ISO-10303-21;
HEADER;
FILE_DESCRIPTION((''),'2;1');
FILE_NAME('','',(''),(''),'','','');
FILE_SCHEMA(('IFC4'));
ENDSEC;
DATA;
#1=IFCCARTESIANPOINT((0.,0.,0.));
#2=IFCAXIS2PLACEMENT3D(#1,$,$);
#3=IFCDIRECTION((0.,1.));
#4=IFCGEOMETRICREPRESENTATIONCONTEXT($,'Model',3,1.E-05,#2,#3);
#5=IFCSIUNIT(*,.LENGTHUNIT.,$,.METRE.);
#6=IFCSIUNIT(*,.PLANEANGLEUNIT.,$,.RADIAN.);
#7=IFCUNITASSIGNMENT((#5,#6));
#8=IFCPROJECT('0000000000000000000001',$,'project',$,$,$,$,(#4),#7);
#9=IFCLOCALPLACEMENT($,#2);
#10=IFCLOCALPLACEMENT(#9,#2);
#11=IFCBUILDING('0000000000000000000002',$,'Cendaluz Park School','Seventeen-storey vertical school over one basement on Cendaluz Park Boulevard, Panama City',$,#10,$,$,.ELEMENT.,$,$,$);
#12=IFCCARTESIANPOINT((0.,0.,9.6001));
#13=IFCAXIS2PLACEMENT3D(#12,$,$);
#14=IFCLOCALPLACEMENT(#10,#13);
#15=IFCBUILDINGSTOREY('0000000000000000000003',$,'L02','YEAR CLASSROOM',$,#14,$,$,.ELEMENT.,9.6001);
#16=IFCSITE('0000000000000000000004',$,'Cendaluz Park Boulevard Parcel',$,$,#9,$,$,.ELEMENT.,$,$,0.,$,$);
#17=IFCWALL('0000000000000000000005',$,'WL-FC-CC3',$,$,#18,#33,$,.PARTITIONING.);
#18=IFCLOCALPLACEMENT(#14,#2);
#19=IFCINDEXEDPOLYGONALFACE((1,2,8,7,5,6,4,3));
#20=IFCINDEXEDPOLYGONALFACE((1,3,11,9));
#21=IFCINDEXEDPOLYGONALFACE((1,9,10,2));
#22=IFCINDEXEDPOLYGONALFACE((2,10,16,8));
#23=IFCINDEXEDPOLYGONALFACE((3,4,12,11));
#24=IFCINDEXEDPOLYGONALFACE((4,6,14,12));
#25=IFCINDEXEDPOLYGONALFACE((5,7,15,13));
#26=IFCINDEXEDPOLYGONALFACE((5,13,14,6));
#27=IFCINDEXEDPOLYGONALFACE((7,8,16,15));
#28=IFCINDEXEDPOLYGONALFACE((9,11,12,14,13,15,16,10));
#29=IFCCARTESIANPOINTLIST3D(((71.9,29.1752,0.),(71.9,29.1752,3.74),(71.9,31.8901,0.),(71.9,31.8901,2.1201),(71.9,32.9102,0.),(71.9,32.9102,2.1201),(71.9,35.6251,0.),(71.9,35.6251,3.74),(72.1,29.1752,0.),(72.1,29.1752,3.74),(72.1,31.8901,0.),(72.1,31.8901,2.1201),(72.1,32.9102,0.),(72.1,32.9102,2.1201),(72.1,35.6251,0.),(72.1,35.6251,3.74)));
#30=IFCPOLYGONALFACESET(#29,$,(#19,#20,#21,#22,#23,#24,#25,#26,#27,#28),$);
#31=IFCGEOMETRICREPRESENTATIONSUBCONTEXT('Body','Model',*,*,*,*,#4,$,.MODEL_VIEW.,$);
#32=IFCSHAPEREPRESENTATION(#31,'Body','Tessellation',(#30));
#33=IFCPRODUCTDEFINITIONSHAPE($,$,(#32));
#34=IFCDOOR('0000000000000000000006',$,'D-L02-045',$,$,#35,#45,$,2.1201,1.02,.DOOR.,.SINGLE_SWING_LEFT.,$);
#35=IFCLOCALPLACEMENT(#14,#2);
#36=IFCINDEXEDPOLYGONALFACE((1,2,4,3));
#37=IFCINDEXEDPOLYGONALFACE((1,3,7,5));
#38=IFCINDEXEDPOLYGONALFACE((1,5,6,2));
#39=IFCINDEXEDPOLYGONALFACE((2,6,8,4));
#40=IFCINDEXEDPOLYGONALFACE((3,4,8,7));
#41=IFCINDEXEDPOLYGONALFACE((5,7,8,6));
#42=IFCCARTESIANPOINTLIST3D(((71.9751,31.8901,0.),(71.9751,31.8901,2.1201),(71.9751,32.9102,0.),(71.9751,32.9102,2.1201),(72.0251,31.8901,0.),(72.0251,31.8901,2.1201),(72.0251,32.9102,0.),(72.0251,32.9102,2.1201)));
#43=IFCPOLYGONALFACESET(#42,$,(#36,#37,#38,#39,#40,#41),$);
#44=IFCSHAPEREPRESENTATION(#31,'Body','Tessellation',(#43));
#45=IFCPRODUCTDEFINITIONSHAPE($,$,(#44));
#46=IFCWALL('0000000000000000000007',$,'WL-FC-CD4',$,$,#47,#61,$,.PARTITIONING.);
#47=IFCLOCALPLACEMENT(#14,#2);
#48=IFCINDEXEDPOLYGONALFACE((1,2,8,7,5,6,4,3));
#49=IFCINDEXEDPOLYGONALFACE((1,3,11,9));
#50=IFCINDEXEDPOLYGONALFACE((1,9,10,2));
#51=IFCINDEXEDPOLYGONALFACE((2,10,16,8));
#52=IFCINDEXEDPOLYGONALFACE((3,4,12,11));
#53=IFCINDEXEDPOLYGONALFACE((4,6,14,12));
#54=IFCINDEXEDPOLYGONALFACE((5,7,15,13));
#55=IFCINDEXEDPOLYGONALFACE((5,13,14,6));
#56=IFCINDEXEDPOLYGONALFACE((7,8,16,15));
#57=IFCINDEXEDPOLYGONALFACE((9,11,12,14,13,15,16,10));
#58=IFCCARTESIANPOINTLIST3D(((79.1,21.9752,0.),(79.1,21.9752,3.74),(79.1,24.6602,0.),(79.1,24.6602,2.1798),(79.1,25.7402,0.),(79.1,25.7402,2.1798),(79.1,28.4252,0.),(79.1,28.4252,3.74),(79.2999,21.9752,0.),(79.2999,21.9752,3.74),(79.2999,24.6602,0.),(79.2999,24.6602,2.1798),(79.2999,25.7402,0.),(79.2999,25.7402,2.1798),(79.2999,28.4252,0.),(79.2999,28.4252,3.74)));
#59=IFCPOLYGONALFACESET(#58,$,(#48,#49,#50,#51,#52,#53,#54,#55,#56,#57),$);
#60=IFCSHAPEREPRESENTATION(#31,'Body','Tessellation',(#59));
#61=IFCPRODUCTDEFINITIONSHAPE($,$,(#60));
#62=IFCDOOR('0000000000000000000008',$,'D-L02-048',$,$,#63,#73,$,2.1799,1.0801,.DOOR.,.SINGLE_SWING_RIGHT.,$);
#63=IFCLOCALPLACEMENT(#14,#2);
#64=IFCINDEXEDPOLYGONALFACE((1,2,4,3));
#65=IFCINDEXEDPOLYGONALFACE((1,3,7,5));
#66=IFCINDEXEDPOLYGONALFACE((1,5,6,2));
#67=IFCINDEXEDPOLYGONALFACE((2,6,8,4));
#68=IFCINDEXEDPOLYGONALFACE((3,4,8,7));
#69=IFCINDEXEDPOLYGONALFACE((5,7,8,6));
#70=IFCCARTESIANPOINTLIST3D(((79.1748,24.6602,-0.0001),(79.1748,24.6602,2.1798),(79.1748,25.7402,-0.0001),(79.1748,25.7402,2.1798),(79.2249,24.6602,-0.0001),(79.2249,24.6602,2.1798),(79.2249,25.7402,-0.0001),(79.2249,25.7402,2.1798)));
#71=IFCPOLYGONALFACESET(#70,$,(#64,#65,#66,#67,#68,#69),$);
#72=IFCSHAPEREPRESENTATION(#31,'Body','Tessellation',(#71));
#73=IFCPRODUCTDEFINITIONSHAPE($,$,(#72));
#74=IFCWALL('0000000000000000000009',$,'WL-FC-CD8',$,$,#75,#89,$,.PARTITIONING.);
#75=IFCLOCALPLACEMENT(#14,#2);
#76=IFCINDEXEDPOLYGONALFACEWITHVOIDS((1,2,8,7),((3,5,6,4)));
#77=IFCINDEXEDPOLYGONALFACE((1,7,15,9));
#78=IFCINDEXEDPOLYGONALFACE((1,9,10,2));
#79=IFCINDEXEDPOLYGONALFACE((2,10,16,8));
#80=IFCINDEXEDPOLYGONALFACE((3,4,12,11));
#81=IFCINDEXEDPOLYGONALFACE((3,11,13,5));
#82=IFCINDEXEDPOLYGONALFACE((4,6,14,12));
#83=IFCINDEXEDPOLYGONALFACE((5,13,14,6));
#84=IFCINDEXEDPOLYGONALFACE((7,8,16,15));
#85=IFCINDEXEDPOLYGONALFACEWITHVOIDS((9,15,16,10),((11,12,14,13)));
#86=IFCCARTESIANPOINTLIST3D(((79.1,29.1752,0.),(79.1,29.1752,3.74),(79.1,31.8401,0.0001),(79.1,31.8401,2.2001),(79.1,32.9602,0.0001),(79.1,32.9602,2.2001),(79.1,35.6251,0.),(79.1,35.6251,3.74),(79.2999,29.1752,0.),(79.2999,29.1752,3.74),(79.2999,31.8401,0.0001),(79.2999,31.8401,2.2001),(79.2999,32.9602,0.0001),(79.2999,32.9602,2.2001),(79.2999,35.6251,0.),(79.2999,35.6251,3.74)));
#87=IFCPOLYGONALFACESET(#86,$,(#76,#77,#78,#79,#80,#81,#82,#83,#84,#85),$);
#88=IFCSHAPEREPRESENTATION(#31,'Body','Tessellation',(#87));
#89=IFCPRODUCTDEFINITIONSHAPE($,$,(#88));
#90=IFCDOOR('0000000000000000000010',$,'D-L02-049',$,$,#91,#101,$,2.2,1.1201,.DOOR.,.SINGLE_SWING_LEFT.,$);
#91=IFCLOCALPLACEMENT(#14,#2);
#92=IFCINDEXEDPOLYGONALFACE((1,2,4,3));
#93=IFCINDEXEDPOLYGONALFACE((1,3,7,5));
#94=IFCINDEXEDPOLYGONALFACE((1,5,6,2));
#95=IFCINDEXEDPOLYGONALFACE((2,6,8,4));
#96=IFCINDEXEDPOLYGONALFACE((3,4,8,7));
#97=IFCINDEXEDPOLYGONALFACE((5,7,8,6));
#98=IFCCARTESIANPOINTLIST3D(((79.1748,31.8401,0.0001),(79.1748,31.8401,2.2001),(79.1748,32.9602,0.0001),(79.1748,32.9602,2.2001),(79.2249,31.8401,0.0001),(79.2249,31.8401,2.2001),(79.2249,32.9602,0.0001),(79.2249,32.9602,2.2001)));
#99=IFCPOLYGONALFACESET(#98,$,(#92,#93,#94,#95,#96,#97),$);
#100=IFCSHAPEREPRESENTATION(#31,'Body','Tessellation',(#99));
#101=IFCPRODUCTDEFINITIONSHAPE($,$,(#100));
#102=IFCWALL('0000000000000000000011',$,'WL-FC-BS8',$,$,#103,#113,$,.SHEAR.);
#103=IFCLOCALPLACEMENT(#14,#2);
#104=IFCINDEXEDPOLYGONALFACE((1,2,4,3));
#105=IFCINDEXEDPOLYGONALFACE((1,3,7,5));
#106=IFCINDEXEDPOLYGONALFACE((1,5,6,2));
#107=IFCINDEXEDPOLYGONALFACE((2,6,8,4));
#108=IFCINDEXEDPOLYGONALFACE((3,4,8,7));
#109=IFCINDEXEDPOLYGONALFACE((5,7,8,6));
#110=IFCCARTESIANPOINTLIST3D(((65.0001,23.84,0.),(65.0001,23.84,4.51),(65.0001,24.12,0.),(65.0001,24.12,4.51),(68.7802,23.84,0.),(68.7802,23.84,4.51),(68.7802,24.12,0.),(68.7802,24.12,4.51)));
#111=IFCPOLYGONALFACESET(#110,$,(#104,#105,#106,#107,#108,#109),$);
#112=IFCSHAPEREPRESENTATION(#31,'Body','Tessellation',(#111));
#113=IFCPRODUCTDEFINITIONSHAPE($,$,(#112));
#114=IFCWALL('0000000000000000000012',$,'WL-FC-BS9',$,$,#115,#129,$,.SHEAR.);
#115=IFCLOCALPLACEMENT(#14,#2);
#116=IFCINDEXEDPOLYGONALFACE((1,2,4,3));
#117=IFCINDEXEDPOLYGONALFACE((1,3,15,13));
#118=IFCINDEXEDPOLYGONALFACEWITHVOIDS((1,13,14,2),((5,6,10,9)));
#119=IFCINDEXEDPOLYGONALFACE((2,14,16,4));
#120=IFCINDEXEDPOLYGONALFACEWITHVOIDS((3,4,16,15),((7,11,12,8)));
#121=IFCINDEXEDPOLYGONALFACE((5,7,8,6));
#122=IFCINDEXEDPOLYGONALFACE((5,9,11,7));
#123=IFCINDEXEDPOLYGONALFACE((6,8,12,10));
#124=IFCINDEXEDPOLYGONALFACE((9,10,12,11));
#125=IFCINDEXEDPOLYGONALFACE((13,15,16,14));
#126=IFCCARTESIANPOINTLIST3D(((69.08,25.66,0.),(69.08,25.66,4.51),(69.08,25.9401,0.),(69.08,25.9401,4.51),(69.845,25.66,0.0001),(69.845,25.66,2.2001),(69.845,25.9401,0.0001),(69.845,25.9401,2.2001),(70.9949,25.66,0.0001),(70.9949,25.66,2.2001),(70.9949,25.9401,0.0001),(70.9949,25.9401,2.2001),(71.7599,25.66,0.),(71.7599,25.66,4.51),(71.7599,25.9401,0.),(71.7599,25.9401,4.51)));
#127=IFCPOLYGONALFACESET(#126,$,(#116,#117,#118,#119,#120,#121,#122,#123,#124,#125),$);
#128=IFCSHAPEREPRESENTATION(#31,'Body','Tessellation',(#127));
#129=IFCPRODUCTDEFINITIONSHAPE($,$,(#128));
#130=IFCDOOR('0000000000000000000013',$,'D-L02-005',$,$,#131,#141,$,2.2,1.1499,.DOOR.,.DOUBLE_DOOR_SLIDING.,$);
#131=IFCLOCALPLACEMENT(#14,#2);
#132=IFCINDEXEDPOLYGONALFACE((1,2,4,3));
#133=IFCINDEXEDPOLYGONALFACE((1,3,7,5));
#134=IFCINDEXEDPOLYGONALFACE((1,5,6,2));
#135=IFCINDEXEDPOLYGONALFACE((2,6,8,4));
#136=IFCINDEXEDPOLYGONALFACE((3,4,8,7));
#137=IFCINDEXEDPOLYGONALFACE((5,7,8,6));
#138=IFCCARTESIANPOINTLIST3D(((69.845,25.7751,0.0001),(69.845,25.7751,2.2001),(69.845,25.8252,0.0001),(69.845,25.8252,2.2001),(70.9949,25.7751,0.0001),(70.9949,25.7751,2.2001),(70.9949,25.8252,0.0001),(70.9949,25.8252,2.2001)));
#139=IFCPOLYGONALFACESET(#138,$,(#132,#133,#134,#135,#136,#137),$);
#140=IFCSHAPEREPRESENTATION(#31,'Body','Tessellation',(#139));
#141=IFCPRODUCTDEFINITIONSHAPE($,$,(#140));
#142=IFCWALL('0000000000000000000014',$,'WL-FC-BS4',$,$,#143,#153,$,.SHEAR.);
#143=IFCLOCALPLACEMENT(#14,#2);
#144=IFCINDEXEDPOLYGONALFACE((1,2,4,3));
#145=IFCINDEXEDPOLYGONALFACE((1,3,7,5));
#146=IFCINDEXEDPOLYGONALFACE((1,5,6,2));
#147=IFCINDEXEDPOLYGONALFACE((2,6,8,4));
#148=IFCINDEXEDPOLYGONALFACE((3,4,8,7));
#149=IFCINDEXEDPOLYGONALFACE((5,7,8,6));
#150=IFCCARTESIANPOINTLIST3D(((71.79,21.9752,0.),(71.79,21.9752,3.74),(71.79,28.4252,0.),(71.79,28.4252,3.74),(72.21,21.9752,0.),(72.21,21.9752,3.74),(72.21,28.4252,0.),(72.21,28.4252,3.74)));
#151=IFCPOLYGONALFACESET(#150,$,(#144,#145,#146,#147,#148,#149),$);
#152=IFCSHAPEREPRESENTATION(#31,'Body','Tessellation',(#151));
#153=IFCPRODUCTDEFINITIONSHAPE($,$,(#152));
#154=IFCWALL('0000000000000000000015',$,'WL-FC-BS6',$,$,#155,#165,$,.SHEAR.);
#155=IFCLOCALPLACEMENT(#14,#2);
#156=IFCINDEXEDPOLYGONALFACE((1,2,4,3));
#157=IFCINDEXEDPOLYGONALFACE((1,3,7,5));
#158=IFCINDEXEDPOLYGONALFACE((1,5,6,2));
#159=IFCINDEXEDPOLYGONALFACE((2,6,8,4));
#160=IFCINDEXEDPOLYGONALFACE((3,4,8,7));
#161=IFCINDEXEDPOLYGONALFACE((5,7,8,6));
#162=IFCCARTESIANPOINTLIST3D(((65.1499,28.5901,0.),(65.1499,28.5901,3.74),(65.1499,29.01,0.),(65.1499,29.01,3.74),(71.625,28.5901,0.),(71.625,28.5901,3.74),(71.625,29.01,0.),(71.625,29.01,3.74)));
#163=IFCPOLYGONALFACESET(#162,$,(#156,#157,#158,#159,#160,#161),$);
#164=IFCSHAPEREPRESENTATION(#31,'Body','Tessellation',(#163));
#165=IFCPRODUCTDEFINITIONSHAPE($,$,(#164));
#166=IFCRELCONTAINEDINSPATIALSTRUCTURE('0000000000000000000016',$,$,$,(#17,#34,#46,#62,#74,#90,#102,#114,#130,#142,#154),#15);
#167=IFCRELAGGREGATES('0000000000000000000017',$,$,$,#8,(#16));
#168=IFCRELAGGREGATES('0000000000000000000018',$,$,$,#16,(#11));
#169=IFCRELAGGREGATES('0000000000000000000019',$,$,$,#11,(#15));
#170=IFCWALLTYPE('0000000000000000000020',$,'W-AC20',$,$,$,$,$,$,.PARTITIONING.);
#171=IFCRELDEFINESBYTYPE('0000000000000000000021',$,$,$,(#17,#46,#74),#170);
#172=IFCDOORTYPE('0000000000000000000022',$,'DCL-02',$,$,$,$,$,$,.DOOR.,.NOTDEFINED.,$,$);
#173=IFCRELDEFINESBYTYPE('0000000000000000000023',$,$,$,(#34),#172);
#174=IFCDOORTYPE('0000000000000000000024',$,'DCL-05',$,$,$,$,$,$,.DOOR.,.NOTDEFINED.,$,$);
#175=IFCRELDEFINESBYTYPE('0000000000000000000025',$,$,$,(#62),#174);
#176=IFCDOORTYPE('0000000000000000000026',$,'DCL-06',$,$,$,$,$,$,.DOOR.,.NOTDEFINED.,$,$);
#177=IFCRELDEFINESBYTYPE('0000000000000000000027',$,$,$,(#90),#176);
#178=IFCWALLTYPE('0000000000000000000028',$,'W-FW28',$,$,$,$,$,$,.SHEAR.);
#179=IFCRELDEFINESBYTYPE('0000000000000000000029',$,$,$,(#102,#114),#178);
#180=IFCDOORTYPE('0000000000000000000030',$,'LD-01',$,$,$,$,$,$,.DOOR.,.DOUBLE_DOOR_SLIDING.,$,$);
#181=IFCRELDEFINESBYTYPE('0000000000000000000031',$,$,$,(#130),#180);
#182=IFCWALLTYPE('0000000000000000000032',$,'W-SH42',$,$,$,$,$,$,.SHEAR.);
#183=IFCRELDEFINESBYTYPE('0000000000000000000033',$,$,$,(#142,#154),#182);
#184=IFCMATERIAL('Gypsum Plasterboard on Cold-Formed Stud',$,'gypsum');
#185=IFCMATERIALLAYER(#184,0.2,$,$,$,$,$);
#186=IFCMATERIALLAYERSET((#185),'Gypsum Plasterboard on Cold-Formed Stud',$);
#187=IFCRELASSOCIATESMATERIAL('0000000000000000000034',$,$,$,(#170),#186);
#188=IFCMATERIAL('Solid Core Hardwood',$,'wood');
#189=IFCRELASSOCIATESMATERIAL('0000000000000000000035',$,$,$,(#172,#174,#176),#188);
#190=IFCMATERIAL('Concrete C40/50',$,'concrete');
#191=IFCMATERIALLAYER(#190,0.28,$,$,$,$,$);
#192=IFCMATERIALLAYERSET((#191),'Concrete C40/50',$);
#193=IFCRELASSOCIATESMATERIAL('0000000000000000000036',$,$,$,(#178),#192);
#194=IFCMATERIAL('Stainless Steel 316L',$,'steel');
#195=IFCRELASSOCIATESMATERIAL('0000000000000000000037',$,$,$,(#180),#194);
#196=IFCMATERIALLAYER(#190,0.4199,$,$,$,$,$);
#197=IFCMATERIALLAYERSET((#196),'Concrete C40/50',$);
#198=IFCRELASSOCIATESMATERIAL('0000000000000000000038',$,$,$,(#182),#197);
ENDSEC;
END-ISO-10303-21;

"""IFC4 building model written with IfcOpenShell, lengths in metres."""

from ifc_helpers import new_model, si_unit, direction, frame, frame_2d, origin, place, context, subcontext, project, spatial, rectangle, extrude, material, layer, layer_set, type_object, element, fill, save


model = new_model("IFC4")

# Units and contexts
model_context = context("Model", 3, precision=1e-05, world=origin(), true_north=direction((0.0, 1.0)))
body_context = subcontext(model_context, "Body", "Model", "MODEL_VIEW")
ifc_project = project(units=[si_unit("LENGTHUNIT", "METRE"), si_unit("PLANEANGLEUNIT", "RADIAN")], contexts=[model_context])

# Site, building, storey
site_placement = place(None, origin())
site = spatial("IfcSite", under=ifc_project, at=site_placement, Name="Cendaluz Park Boulevard Parcel", CompositionType="ELEMENT", RefElevation=0.0)
building_placement = place(site_placement, origin())
building = spatial("IfcBuilding", under=site, at=building_placement, Name="Cendaluz Park School", Description="Seventeen-storey vertical school over one basement on Cendaluz Park Boulevard, Panama City", CompositionType="ELEMENT")
storey_placement = place(building_placement, frame((0.0, 0.0, 9.6001)))
storey = spatial("IfcBuildingStorey", under=building, at=storey_placement, Name="L02", Description="YEAR CLASSROOM", CompositionType="ELEMENT", Elevation=9.6001)

# Shared definitions
ifc_material_1 = material(Name="Concrete C40/50", Category="concrete")

# Walls, openings, doors
ifc_material_2 = material(Name="Gypsum Plasterboard on Cold-Formed Stud", Category="gypsum")
ifc_layer_1 = layer(ifc_material_2, 0.2)
ifc_layer_set_1 = layer_set([ifc_layer_1], Name="Gypsum Plasterboard on Cold-Formed Stud")
wall_type_1 = type_object("IfcWallType", Name="W-AC20", PredefinedType="PARTITIONING", material=ifc_layer_set_1)
wall_1_placement = place(storey_placement, frame((72.0, 29.175, 0.0), z_axis=(0.0, 0.0, 1.0), x_axis=(0.0, 1.0, 0.0)))
wall_1 = element("IfcWall", 1, at=wall_1_placement, inside=storey, type_object=wall_type_1, Name="WL-FC-CC3", PredefinedType="PARTITIONING", context=body_context, shape_type="SweptSolid", body=[
    extrude(rectangle(XDim=6.45, YDim=0.2, at=frame_2d((3.2251, 0.0))), origin(), (0.0, 0.0, 1.0), 3.74),
])
opening_1_placement = place(wall_1_placement, frame((2.7151, 0.0, 0.0)))
opening_1 = element("IfcOpeningElement", 2, at=opening_1_placement, cuts=wall_1, PredefinedType="OPENING", context=body_context, shape_type="SweptSolid", body=[
    extrude(rectangle(XDim=1.02, YDim=2.1201, at=frame_2d((0.51, 1.0601))), frame((0.0, 0.1121, 0.0), z_axis=(0.0, -1.0, 0.0), x_axis=(1.0, 0.0, 0.0)), (0.0, 0.0, 1.0), 0.2239),
])
ifc_material_3 = material(Name="Solid Core Hardwood", Category="wood")
door_type_1 = type_object("IfcDoorType", Name="DCL-02", OperationType="NOTDEFINED", PredefinedType="DOOR", material=ifc_material_3)
door_1_placement = place(opening_1_placement, origin())
door_1 = element("IfcDoor", 3, at=door_1_placement, inside=storey, type_object=door_type_1, Name="D-L02-045", OperationType="SINGLE_SWING_LEFT", OverallHeight=2.1201, OverallWidth=1.02, PredefinedType="DOOR", context=body_context, shape_type="SweptSolid", body=[
    extrude(rectangle(XDim=1.02, YDim=2.1201, at=frame_2d((0.51, 1.0601))), frame((0.0, 0.0249, 0.0), z_axis=(0.0, -1.0, 0.0), x_axis=(1.0, 0.0, 0.0)), (0.0, 0.0, 1.0), 0.05),
])
fill(opening_1, door_1)
wall_2_placement = place(storey_placement, frame((79.2, 21.9751, 0.0), z_axis=(0.0, 0.0, 1.0), x_axis=(0.0, 1.0, 0.0)))
wall_2 = element("IfcWall", 4, at=wall_2_placement, inside=storey, type_object=wall_type_1, Name="WL-FC-CD4", PredefinedType="PARTITIONING", context=body_context, shape_type="SweptSolid", body=[
    extrude(rectangle(XDim=6.45, YDim=0.2, at=frame_2d((3.2251, 0.0))), origin(), (0.0, 0.0, 1.0), 3.74),
])
opening_2_placement = place(wall_2_placement, frame((2.6851, 0.0, 0.0)))
opening_2 = element("IfcOpeningElement", 5, at=opening_2_placement, cuts=wall_2, PredefinedType="OPENING", context=body_context, shape_type="SweptSolid", body=[
    extrude(rectangle(XDim=1.0801, YDim=2.1799, at=frame_2d((0.54, 1.0898))), frame((0.0, 0.1121, 0.0), z_axis=(0.0, -1.0, 0.0), x_axis=(1.0, 0.0, 0.0)), (0.0, 0.0, 1.0), 0.2239),
])
door_type_2 = type_object("IfcDoorType", Name="DCL-05", OperationType="NOTDEFINED", PredefinedType="DOOR", material=ifc_material_3)
door_2_placement = place(opening_2_placement, frame((1.0801, 0.0, 0.0), z_axis=(0.0, 0.0, 1.0), x_axis=(-1.0, 0.0, 0.0)))
door_2 = element("IfcDoor", 6, at=door_2_placement, inside=storey, type_object=door_type_2, Name="D-L02-048", OperationType="SINGLE_SWING_RIGHT", OverallHeight=2.1799, OverallWidth=1.0801, PredefinedType="DOOR", context=body_context, shape_type="SweptSolid", body=[
    extrude(rectangle(XDim=1.0801, YDim=2.1799, at=frame_2d((0.54, 1.0898))), frame((0.0, 0.0249, 0.0), z_axis=(0.0, -1.0, 0.0), x_axis=(1.0, 0.0, 0.0)), (0.0, 0.0, 1.0), 0.05),
])
fill(opening_2, door_2)
wall_3_placement = place(storey_placement, frame((79.2, 29.175, 0.0), z_axis=(0.0, 0.0, 1.0), x_axis=(0.0, 1.0, 0.0)))
wall_3 = element("IfcWall", 7, at=wall_3_placement, inside=storey, type_object=wall_type_1, Name="WL-FC-CD8", PredefinedType="PARTITIONING", context=body_context, shape_type="SweptSolid", body=[
    extrude(rectangle(XDim=6.45, YDim=0.2, at=frame_2d((3.2251, 0.0))), origin(), (0.0, 0.0, 1.0), 3.74),
])
opening_3_placement = place(wall_3_placement, frame((2.665, 0.0, 0.0)))
opening_3 = element("IfcOpeningElement", 8, at=opening_3_placement, cuts=wall_3, PredefinedType="OPENING", context=body_context, shape_type="SweptSolid", body=[
    extrude(rectangle(XDim=1.1201, YDim=2.2, at=frame_2d((0.5601, 1.1001))), frame((0.0, 0.1121, 0.0), z_axis=(0.0, -1.0, 0.0), x_axis=(1.0, 0.0, 0.0)), (0.0, 0.0, 1.0), 0.2239),
])
door_type_3 = type_object("IfcDoorType", Name="DCL-06", OperationType="NOTDEFINED", PredefinedType="DOOR", material=ifc_material_3)
door_3_placement = place(opening_3_placement, frame((1.1201, 0.0, 0.0), z_axis=(0.0, 0.0, 1.0), x_axis=(-1.0, 0.0, 0.0)))
door_3 = element("IfcDoor", 9, at=door_3_placement, inside=storey, type_object=door_type_3, Name="D-L02-049", OperationType="SINGLE_SWING_LEFT", OverallHeight=2.2, OverallWidth=1.1201, PredefinedType="DOOR", context=body_context, shape_type="SweptSolid", body=[
    extrude(rectangle(XDim=1.1201, YDim=2.2, at=frame_2d((0.5601, 1.1001))), frame((0.0, 0.0249, 0.0), z_axis=(0.0, -1.0, 0.0), x_axis=(1.0, 0.0, 0.0)), (0.0, 0.0, 1.0), 0.05),
])
fill(opening_3, door_3)

# Wall
ifc_layer_2 = layer(ifc_material_1, 0.28)
ifc_layer_set_2 = layer_set([ifc_layer_2], Name="Concrete C40/50")
wall_type_2 = type_object("IfcWallType", Name="W-FW28", PredefinedType="SHEAR", material=ifc_layer_set_2)
wall_4_placement = place(storey_placement, frame((65.0, 23.98, 0.0), z_axis=(0.0, 0.0, 1.0), x_axis=(1.0, 0.0, 0.0)))
element("IfcWall", 10, at=wall_4_placement, inside=storey, type_object=wall_type_2, Name="WL-FC-BS8", PredefinedType="SHEAR", context=body_context, shape_type="SweptSolid", body=[
    extrude(rectangle(XDim=3.78, YDim=0.28, at=frame_2d((1.8901, 0.0))), origin(), (0.0, 0.0, 1.0), 4.51),
])

# Wall, opening, door
wall_5_placement = place(storey_placement, frame((69.0801, 25.8, 0.0), z_axis=(0.0, 0.0, 1.0), x_axis=(1.0, 0.0, 0.0)))
wall_5 = element("IfcWall", 11, at=wall_5_placement, inside=storey, type_object=wall_type_2, Name="WL-FC-BS9", PredefinedType="SHEAR", context=body_context, shape_type="SweptSolid", body=[
    extrude(rectangle(XDim=2.6799, YDim=0.28, at=frame_2d((1.3398, 0.0))), origin(), (0.0, 0.0, 1.0), 4.51),
])
opening_4_placement = place(wall_5_placement, frame((0.7649, 0.0, 0.0)))
opening_4 = element("IfcOpeningElement", 12, at=opening_4_placement, cuts=wall_5, PredefinedType="OPENING", context=body_context, shape_type="SweptSolid", body=[
    extrude(rectangle(XDim=1.1499, YDim=2.2, at=frame_2d((0.575, 1.1001))), frame((0.0, 0.1521, 0.0), z_axis=(0.0, -1.0, 0.0), x_axis=(1.0, 0.0, 0.0)), (0.0, 0.0, 1.0), 0.304),
])
ifc_material_4 = material(Name="Stainless Steel 316L", Category="steel")
door_type_4 = type_object("IfcDoorType", Name="LD-01", OperationType="DOUBLE_DOOR_SLIDING", PredefinedType="DOOR", material=ifc_material_4)
door_4_placement = place(opening_4_placement, frame((1.1499, 0.0, 0.0), z_axis=(0.0, 0.0, 1.0), x_axis=(-1.0, 0.0, 0.0)))
door_4 = element("IfcDoor", 13, at=door_4_placement, inside=storey, type_object=door_type_4, Name="D-L02-005", OperationType="DOUBLE_DOOR_SLIDING", OverallHeight=2.2, OverallWidth=1.1499, PredefinedType="DOOR", context=body_context, shape_type="SweptSolid", body=[
    extrude(rectangle(XDim=1.1499, YDim=2.2, at=frame_2d((0.575, 1.1001))), frame((0.0, 0.0249, 0.0), z_axis=(0.0, -1.0, 0.0), x_axis=(1.0, 0.0, 0.0)), (0.0, 0.0, 1.0), 0.05),
])
fill(opening_4, door_4)

# Walls
ifc_layer_3 = layer(ifc_material_1, 0.4199)
ifc_layer_set_3 = layer_set([ifc_layer_3], Name="Concrete C40/50")
wall_type_3 = type_object("IfcWallType", Name="W-SH42", PredefinedType="SHEAR", material=ifc_layer_set_3)
wall_6_placement = place(storey_placement, frame((72.0, 21.9751, 0.0), z_axis=(0.0, 0.0, 1.0), x_axis=(0.0, 1.0, 0.0)))
element("IfcWall", 14, at=wall_6_placement, inside=storey, type_object=wall_type_3, Name="WL-FC-BS4", PredefinedType="SHEAR", context=body_context, shape_type="SweptSolid", body=[
    extrude(rectangle(XDim=6.45, YDim=0.4199, at=frame_2d((3.2251, 0.0))), origin(), (0.0, 0.0, 1.0), 3.74),
])
wall_7_placement = place(storey_placement, frame((65.1499, 28.8, 0.0), z_axis=(0.0, 0.0, 1.0), x_axis=(1.0, 0.0, 0.0)))
element("IfcWall", 15, at=wall_7_placement, inside=storey, type_object=wall_type_3, Name="WL-FC-BS6", PredefinedType="SHEAR", context=body_context, shape_type="SweptSolid", body=[
    extrude(rectangle(XDim=6.4751, YDim=0.4199, at=frame_2d((3.2375, 0.0))), origin(), (0.0, 0.0, 1.0), 3.74),
])

save(model, "model.ifc")
